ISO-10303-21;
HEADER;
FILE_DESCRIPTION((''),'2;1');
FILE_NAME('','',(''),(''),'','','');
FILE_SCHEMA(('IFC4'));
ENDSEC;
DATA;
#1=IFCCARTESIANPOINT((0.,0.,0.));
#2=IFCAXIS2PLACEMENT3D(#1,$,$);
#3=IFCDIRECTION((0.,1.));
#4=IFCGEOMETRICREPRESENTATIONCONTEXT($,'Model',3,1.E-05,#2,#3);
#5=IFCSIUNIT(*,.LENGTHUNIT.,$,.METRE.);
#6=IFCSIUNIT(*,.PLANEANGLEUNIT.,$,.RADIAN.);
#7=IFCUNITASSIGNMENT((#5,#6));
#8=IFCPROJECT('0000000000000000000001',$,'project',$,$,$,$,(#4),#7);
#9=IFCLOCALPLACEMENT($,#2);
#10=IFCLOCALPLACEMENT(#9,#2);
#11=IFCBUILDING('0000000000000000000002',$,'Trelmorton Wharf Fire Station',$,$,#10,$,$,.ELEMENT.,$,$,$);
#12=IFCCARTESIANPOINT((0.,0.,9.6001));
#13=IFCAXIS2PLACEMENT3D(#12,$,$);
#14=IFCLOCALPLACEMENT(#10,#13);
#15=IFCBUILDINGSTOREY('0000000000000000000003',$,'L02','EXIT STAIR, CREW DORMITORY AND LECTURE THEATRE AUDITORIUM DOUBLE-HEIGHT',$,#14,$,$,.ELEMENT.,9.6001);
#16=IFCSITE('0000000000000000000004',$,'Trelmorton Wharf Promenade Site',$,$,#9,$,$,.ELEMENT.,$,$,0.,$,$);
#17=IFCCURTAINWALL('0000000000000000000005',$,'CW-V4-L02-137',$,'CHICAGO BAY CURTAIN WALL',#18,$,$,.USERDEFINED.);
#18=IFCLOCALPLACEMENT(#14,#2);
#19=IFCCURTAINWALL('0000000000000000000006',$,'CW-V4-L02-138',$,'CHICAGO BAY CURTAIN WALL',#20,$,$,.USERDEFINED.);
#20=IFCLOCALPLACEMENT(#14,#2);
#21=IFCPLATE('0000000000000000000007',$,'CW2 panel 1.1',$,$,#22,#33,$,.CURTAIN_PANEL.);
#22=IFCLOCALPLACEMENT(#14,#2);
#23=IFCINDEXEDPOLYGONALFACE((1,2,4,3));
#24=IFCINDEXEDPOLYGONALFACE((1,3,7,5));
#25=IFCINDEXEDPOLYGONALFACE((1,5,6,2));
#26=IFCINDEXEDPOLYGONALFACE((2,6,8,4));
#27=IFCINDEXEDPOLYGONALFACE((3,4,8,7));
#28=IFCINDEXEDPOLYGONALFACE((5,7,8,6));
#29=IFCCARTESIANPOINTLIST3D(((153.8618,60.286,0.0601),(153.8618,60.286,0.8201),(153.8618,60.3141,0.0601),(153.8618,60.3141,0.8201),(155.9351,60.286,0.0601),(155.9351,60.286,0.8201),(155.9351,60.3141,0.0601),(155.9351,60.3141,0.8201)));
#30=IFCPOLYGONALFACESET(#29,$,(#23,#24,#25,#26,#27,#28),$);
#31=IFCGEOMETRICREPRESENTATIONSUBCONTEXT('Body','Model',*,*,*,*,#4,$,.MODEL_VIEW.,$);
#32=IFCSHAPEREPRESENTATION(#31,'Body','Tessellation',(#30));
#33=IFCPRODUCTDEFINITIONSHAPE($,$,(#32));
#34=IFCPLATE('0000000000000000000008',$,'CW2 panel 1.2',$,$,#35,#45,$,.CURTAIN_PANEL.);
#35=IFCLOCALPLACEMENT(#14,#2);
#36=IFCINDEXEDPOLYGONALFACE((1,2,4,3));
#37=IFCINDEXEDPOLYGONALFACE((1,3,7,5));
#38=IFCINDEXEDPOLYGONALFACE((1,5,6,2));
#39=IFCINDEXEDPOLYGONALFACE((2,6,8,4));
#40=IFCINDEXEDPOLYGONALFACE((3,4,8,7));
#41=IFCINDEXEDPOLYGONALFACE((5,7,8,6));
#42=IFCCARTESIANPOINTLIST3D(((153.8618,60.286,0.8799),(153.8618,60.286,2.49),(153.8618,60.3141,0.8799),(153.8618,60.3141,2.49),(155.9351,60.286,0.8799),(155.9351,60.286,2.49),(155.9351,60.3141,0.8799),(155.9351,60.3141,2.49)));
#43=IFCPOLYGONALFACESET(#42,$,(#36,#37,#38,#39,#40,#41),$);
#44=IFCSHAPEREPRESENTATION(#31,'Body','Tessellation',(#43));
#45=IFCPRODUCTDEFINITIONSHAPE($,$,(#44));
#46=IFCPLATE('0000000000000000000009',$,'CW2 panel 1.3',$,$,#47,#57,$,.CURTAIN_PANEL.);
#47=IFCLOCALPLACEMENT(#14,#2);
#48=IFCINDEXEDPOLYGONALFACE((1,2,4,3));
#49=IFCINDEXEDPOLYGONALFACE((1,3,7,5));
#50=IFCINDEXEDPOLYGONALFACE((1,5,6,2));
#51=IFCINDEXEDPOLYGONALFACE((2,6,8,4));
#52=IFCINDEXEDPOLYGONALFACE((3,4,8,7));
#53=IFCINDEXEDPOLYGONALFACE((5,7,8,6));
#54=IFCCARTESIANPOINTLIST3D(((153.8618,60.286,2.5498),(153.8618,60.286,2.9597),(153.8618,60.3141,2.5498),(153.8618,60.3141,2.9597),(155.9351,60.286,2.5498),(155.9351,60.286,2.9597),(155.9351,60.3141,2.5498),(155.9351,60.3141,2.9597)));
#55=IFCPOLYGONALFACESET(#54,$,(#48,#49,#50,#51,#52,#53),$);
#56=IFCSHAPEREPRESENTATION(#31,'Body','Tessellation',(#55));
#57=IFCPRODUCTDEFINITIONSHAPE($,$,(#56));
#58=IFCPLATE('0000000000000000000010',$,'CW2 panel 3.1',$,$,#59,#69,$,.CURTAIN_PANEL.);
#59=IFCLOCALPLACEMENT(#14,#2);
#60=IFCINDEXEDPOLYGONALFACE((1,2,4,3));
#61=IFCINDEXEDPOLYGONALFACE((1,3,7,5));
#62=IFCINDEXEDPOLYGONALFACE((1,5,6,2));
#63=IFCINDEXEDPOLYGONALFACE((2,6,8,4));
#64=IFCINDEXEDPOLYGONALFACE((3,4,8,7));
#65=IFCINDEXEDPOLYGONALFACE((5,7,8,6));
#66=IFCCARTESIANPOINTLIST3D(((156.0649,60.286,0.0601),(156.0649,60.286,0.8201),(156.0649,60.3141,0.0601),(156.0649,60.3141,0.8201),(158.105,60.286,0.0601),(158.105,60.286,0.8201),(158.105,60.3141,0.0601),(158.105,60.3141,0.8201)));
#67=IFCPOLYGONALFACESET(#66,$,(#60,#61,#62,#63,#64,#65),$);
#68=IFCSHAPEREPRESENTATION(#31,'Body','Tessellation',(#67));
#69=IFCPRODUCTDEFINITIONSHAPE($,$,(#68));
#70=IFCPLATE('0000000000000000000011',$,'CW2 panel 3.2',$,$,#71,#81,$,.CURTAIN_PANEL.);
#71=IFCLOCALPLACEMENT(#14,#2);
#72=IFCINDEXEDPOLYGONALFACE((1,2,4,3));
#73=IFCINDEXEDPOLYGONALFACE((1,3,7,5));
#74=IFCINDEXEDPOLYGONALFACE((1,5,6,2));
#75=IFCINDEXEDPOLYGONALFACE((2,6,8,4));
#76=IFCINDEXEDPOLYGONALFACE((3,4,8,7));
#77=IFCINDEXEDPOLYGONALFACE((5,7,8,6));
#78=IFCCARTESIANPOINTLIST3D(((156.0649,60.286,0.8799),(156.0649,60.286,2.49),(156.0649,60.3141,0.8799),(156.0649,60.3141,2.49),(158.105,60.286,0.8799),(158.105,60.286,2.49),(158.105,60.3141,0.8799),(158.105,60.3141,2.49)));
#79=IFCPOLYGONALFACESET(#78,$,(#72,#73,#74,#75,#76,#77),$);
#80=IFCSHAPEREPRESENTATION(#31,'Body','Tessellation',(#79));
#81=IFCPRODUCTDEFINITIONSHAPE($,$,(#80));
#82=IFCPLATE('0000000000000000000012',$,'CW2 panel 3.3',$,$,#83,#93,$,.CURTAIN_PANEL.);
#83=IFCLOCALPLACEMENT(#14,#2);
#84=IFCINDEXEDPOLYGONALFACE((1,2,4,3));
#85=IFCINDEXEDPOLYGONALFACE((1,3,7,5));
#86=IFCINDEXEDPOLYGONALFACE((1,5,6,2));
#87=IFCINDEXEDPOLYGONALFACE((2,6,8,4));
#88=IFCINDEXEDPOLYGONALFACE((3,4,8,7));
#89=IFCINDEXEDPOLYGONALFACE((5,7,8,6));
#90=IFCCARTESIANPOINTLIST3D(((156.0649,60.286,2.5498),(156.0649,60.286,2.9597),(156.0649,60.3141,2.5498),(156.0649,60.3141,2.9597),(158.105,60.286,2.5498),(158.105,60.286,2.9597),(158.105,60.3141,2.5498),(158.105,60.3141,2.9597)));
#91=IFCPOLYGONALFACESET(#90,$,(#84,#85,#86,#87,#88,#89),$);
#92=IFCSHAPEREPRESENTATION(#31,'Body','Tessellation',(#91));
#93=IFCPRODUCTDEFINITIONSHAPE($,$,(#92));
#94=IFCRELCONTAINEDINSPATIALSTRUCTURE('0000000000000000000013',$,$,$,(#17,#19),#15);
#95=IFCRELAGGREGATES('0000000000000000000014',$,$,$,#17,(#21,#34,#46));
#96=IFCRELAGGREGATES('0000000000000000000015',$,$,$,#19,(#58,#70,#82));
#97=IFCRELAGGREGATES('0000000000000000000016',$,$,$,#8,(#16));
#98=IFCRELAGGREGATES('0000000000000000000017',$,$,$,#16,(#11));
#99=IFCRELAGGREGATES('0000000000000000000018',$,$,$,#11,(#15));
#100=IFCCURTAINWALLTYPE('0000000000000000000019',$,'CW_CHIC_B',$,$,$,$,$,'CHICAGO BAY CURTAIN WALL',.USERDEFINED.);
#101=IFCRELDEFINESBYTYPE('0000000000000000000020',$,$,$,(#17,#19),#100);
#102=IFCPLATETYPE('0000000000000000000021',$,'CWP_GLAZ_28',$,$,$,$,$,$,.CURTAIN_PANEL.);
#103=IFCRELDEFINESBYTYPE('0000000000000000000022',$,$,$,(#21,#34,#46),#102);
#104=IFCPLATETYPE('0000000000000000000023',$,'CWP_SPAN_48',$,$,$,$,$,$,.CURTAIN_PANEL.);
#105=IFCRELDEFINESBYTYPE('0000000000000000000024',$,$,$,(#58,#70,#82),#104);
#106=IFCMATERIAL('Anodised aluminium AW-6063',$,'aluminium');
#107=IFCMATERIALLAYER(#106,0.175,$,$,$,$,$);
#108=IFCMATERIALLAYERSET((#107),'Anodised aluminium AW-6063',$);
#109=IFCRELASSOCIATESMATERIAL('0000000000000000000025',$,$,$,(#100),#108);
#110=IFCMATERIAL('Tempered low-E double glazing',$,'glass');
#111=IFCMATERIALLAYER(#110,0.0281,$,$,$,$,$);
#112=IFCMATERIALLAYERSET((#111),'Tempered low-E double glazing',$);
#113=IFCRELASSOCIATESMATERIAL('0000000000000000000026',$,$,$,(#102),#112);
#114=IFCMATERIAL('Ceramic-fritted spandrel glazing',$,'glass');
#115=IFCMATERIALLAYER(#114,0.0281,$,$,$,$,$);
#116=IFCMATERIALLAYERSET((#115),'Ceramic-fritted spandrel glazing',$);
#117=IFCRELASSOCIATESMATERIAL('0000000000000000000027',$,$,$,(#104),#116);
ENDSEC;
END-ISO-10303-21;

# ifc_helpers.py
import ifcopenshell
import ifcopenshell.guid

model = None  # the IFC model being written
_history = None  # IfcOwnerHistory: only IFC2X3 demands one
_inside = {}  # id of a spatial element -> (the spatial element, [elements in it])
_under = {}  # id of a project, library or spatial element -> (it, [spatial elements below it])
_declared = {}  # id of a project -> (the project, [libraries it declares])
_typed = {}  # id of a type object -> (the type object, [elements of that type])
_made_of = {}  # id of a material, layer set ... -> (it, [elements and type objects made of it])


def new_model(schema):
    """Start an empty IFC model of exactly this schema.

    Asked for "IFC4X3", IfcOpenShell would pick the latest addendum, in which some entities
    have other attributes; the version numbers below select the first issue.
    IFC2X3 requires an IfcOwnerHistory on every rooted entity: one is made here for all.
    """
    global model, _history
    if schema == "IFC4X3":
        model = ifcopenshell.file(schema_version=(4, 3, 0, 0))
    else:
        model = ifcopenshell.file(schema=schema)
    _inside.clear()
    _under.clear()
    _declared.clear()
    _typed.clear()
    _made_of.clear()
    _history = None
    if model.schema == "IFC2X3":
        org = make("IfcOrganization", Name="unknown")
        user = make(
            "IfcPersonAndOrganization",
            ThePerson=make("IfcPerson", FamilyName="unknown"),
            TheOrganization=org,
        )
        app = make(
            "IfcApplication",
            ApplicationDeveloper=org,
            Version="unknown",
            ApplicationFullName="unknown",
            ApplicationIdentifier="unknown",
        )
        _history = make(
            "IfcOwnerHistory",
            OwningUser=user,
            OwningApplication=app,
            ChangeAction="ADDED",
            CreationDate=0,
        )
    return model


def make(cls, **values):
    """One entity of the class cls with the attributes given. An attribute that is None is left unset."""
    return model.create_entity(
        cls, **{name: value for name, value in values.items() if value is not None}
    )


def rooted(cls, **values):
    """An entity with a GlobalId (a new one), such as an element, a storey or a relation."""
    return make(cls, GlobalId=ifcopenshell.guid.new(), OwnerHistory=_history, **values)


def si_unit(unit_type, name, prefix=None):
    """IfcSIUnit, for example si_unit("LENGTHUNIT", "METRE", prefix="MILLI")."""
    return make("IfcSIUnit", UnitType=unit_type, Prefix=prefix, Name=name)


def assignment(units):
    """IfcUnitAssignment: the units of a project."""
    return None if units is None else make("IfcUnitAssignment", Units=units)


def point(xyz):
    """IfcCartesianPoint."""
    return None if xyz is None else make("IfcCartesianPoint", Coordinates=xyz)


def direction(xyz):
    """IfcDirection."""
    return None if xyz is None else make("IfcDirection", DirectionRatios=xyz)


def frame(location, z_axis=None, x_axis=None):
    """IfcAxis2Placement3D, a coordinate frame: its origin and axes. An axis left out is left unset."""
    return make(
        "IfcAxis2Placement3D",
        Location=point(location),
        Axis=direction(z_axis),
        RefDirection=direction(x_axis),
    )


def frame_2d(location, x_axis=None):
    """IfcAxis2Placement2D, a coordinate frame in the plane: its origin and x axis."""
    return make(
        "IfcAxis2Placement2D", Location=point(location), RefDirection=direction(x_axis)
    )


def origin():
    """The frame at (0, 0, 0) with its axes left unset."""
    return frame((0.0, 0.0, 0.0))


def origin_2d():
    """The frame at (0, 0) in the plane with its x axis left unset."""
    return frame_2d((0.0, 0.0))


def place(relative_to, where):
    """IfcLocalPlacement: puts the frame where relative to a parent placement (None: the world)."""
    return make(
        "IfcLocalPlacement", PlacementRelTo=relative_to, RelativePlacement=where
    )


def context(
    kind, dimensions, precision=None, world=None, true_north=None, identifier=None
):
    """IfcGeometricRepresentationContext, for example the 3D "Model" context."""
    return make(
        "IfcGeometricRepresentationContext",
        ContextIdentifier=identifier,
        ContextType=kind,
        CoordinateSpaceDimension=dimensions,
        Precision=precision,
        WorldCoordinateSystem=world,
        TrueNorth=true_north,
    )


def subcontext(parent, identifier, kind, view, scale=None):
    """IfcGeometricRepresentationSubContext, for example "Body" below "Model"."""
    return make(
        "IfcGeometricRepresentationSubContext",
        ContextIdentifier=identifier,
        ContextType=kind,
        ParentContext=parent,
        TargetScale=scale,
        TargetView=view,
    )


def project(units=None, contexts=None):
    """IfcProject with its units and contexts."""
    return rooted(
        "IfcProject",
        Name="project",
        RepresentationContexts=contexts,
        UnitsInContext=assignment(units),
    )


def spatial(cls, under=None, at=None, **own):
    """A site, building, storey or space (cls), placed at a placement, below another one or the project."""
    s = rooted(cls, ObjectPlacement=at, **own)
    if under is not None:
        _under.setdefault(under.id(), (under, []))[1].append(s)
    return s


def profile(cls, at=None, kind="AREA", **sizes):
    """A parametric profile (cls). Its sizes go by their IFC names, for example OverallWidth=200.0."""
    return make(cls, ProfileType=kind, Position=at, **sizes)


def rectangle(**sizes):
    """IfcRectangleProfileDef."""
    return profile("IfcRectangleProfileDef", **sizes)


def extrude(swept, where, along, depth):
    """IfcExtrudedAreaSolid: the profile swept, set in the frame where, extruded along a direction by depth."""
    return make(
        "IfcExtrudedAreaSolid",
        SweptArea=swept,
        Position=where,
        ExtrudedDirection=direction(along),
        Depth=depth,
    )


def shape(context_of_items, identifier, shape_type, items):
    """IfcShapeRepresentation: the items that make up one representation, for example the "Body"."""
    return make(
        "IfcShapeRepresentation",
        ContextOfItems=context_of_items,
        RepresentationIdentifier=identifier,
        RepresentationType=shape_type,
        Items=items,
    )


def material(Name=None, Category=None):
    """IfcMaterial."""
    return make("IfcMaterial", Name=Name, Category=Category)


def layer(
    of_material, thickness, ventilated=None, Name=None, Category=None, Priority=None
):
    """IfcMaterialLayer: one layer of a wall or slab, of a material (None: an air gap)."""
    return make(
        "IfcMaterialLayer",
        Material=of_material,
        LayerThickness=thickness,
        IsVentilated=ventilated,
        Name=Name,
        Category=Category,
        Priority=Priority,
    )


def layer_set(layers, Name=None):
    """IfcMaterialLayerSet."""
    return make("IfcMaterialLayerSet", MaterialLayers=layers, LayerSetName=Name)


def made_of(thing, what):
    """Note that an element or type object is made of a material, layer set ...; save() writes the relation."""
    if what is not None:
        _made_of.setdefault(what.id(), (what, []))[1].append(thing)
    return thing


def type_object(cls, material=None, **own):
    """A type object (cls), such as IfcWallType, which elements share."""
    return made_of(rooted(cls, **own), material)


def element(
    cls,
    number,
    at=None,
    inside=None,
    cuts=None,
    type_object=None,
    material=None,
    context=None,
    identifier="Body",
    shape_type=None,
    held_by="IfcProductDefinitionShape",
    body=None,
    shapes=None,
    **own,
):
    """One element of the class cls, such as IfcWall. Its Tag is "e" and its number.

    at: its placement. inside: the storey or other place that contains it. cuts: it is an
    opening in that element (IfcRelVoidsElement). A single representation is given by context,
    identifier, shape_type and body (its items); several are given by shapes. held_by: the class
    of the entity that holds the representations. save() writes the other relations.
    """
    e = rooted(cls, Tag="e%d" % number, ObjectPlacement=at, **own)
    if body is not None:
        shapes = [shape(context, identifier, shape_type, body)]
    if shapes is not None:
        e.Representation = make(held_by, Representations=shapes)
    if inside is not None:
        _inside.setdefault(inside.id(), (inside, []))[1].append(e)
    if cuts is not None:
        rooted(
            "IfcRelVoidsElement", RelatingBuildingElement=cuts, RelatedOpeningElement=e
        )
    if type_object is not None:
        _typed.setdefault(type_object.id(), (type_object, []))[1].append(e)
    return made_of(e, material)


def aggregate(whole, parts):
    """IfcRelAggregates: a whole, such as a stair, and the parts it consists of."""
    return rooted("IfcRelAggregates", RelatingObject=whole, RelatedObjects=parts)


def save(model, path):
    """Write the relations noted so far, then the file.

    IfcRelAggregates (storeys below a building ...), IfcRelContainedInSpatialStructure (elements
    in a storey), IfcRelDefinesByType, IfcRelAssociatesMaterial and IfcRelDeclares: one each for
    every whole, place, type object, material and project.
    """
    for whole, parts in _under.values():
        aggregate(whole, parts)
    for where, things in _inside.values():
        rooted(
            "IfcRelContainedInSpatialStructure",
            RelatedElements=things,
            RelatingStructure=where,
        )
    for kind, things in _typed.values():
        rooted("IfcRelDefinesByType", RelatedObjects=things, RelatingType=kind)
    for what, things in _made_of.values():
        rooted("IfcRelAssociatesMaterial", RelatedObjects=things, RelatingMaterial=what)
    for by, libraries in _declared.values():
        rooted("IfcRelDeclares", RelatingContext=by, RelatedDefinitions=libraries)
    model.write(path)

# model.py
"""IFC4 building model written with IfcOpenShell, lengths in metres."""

from ifc_helpers import new_model, si_unit, direction, frame, origin, origin_2d, place, context, subcontext, project, spatial, rectangle, extrude, material, layer, layer_set, type_object, element, aggregate, save


model = new_model("IFC4")

# Units and contexts
model_context = context("Model", 3, precision=1e-05, world=origin(), true_north=direction((0.0, 1.0)))
body_context = subcontext(model_context, "Body", "Model", "MODEL_VIEW")
ifc_project = project(units=[si_unit("LENGTHUNIT", "METRE"), si_unit("PLANEANGLEUNIT", "RADIAN")], contexts=[model_context])

# Site, building, storey
site_placement = place(None, origin())
site = spatial("IfcSite", under=ifc_project, at=site_placement, Name="Trelmorton Wharf Promenade Site", CompositionType="ELEMENT", RefElevation=0.0)
building_placement = place(site_placement, origin())
building = spatial("IfcBuilding", under=site, at=building_placement, Name="Trelmorton Wharf Fire Station", CompositionType="ELEMENT")
storey_placement = place(building_placement, frame((0.0, 0.0, 9.6001)))
storey = spatial("IfcBuildingStorey", under=building, at=storey_placement, Name="L02", Description="EXIT STAIR, CREW DORMITORY AND LECTURE THEATRE AUDITORIUM DOUBLE-HEIGHT", CompositionType="ELEMENT", Elevation=9.6001)

# Curtain wall
ifc_material_1 = material(Name="Anodised aluminium AW-6063", Category="aluminium")
ifc_layer_1 = layer(ifc_material_1, 0.175)
ifc_layer_set_1 = layer_set([ifc_layer_1], Name="Anodised aluminium AW-6063")
curtain_wall_type = type_object("IfcCurtainWallType", Name="CW_CHIC_B", ElementType="CHICAGO BAY CURTAIN WALL", PredefinedType="USERDEFINED", material=ifc_layer_set_1)
curtain_wall_1_placement = place(storey_placement, origin())
curtain_wall_1 = element("IfcCurtainWall", 1, at=curtain_wall_1_placement, inside=storey, type_object=curtain_wall_type, Name="CW-V4-L02-137", ObjectType="CHICAGO BAY CURTAIN WALL", PredefinedType="USERDEFINED")

# Curtain wall
curtain_wall_2_placement = place(storey_placement, origin())
curtain_wall_2 = element("IfcCurtainWall", 2, at=curtain_wall_2_placement, inside=storey, type_object=curtain_wall_type, Name="CW-V4-L02-138", ObjectType="CHICAGO BAY CURTAIN WALL", PredefinedType="USERDEFINED")

# Plates
ifc_material_2 = material(Name="Tempered low-E double glazing", Category="glass")
ifc_layer_2 = layer(ifc_material_2, 0.0281)
ifc_layer_set_2 = layer_set([ifc_layer_2], Name="Tempered low-E double glazing")
plate_type_1 = type_object("IfcPlateType", Name="CWP_GLAZ_28", PredefinedType="CURTAIN_PANEL", material=ifc_layer_set_2)
plate_1_placement = place(storey_placement, frame((154.8984, 60.3, 0.0601), z_axis=(0.0, 0.0, 1.0), x_axis=(-1.0, 0.0, 0.0)))
plate_1 = element("IfcPlate", 3, at=plate_1_placement, type_object=plate_type_1, Name="CW2 panel 1.1", PredefinedType="CURTAIN_PANEL", context=body_context, shape_type="SweptSolid", body=[
    extrude(rectangle(XDim=2.0732, YDim=0.0281, at=origin_2d()), origin(), (0.0, 0.0, 1.0), 0.76),
])
plate_2_placement = place(storey_placement, frame((154.8984, 60.3, 0.8799), z_axis=(0.0, 0.0, 1.0), x_axis=(-1.0, 0.0, 0.0)))
plate_2 = element("IfcPlate", 4, at=plate_2_placement, type_object=plate_type_1, Name="CW2 panel 1.2", PredefinedType="CURTAIN_PANEL", context=body_context, shape_type="SweptSolid", body=[
    extrude(rectangle(XDim=2.0732, YDim=0.0281, at=origin_2d()), origin(), (0.0, 0.0, 1.0), 1.6101),
])
plate_3_placement = place(storey_placement, frame((154.8984, 60.3, 2.5498), z_axis=(0.0, 0.0, 1.0), x_axis=(-1.0, 0.0, 0.0)))
plate_3 = element("IfcPlate", 5, at=plate_3_placement, type_object=plate_type_1, Name="CW2 panel 1.3", PredefinedType="CURTAIN_PANEL", context=body_context, shape_type="SweptSolid", body=[
    extrude(rectangle(XDim=2.0732, YDim=0.0281, at=origin_2d()), origin(), (0.0, 0.0, 1.0), 0.4099),
])
aggregate(curtain_wall_1, [plate_1, plate_2, plate_3])
ifc_material_3 = material(Name="Ceramic-fritted spandrel glazing", Category="glass")
ifc_layer_3 = layer(ifc_material_3, 0.0281)
ifc_layer_set_3 = layer_set([ifc_layer_3], Name="Ceramic-fritted spandrel glazing")
plate_type_2 = type_object("IfcPlateType", Name="CWP_SPAN_48", PredefinedType="CURTAIN_PANEL", material=ifc_layer_set_3)
plate_4_placement = place(storey_placement, frame((157.085, 60.3, 0.0601), z_axis=(0.0, 0.0, 1.0), x_axis=(-1.0, 0.0, 0.0)))
plate_4 = element("IfcPlate", 6, at=plate_4_placement, type_object=plate_type_2, Name="CW2 panel 3.1", PredefinedType="CURTAIN_PANEL", context=body_context, shape_type="SweptSolid", body=[
    extrude(rectangle(XDim=2.04, YDim=0.0281, at=origin_2d()), origin(), (0.0, 0.0, 1.0), 0.76),
])
plate_5_placement = place(storey_placement, frame((157.085, 60.3, 0.8799), z_axis=(0.0, 0.0, 1.0), x_axis=(-1.0, 0.0, 0.0)))
plate_5 = element("IfcPlate", 7, at=plate_5_placement, type_object=plate_type_2, Name="CW2 panel 3.2", PredefinedType="CURTAIN_PANEL", context=body_context, shape_type="SweptSolid", body=[
    extrude(rectangle(XDim=2.04, YDim=0.0281, at=origin_2d()), origin(), (0.0, 0.0, 1.0), 1.6101),
])
plate_6_placement = place(storey_placement, frame((157.085, 60.3, 2.5498), z_axis=(0.0, 0.0, 1.0), x_axis=(-1.0, 0.0, 0.0)))
plate_6 = element("IfcPlate", 8, at=plate_6_placement, type_object=plate_type_2, Name="CW2 panel 3.3", PredefinedType="CURTAIN_PANEL", context=body_context, shape_type="SweptSolid", body=[
    extrude(rectangle(XDim=2.04, YDim=0.0281, at=origin_2d()), origin(), (0.0, 0.0, 1.0), 0.4099),
])
aggregate(curtain_wall_2, [plate_4, plate_5, plate_6])

save(model, "model.ifc")
